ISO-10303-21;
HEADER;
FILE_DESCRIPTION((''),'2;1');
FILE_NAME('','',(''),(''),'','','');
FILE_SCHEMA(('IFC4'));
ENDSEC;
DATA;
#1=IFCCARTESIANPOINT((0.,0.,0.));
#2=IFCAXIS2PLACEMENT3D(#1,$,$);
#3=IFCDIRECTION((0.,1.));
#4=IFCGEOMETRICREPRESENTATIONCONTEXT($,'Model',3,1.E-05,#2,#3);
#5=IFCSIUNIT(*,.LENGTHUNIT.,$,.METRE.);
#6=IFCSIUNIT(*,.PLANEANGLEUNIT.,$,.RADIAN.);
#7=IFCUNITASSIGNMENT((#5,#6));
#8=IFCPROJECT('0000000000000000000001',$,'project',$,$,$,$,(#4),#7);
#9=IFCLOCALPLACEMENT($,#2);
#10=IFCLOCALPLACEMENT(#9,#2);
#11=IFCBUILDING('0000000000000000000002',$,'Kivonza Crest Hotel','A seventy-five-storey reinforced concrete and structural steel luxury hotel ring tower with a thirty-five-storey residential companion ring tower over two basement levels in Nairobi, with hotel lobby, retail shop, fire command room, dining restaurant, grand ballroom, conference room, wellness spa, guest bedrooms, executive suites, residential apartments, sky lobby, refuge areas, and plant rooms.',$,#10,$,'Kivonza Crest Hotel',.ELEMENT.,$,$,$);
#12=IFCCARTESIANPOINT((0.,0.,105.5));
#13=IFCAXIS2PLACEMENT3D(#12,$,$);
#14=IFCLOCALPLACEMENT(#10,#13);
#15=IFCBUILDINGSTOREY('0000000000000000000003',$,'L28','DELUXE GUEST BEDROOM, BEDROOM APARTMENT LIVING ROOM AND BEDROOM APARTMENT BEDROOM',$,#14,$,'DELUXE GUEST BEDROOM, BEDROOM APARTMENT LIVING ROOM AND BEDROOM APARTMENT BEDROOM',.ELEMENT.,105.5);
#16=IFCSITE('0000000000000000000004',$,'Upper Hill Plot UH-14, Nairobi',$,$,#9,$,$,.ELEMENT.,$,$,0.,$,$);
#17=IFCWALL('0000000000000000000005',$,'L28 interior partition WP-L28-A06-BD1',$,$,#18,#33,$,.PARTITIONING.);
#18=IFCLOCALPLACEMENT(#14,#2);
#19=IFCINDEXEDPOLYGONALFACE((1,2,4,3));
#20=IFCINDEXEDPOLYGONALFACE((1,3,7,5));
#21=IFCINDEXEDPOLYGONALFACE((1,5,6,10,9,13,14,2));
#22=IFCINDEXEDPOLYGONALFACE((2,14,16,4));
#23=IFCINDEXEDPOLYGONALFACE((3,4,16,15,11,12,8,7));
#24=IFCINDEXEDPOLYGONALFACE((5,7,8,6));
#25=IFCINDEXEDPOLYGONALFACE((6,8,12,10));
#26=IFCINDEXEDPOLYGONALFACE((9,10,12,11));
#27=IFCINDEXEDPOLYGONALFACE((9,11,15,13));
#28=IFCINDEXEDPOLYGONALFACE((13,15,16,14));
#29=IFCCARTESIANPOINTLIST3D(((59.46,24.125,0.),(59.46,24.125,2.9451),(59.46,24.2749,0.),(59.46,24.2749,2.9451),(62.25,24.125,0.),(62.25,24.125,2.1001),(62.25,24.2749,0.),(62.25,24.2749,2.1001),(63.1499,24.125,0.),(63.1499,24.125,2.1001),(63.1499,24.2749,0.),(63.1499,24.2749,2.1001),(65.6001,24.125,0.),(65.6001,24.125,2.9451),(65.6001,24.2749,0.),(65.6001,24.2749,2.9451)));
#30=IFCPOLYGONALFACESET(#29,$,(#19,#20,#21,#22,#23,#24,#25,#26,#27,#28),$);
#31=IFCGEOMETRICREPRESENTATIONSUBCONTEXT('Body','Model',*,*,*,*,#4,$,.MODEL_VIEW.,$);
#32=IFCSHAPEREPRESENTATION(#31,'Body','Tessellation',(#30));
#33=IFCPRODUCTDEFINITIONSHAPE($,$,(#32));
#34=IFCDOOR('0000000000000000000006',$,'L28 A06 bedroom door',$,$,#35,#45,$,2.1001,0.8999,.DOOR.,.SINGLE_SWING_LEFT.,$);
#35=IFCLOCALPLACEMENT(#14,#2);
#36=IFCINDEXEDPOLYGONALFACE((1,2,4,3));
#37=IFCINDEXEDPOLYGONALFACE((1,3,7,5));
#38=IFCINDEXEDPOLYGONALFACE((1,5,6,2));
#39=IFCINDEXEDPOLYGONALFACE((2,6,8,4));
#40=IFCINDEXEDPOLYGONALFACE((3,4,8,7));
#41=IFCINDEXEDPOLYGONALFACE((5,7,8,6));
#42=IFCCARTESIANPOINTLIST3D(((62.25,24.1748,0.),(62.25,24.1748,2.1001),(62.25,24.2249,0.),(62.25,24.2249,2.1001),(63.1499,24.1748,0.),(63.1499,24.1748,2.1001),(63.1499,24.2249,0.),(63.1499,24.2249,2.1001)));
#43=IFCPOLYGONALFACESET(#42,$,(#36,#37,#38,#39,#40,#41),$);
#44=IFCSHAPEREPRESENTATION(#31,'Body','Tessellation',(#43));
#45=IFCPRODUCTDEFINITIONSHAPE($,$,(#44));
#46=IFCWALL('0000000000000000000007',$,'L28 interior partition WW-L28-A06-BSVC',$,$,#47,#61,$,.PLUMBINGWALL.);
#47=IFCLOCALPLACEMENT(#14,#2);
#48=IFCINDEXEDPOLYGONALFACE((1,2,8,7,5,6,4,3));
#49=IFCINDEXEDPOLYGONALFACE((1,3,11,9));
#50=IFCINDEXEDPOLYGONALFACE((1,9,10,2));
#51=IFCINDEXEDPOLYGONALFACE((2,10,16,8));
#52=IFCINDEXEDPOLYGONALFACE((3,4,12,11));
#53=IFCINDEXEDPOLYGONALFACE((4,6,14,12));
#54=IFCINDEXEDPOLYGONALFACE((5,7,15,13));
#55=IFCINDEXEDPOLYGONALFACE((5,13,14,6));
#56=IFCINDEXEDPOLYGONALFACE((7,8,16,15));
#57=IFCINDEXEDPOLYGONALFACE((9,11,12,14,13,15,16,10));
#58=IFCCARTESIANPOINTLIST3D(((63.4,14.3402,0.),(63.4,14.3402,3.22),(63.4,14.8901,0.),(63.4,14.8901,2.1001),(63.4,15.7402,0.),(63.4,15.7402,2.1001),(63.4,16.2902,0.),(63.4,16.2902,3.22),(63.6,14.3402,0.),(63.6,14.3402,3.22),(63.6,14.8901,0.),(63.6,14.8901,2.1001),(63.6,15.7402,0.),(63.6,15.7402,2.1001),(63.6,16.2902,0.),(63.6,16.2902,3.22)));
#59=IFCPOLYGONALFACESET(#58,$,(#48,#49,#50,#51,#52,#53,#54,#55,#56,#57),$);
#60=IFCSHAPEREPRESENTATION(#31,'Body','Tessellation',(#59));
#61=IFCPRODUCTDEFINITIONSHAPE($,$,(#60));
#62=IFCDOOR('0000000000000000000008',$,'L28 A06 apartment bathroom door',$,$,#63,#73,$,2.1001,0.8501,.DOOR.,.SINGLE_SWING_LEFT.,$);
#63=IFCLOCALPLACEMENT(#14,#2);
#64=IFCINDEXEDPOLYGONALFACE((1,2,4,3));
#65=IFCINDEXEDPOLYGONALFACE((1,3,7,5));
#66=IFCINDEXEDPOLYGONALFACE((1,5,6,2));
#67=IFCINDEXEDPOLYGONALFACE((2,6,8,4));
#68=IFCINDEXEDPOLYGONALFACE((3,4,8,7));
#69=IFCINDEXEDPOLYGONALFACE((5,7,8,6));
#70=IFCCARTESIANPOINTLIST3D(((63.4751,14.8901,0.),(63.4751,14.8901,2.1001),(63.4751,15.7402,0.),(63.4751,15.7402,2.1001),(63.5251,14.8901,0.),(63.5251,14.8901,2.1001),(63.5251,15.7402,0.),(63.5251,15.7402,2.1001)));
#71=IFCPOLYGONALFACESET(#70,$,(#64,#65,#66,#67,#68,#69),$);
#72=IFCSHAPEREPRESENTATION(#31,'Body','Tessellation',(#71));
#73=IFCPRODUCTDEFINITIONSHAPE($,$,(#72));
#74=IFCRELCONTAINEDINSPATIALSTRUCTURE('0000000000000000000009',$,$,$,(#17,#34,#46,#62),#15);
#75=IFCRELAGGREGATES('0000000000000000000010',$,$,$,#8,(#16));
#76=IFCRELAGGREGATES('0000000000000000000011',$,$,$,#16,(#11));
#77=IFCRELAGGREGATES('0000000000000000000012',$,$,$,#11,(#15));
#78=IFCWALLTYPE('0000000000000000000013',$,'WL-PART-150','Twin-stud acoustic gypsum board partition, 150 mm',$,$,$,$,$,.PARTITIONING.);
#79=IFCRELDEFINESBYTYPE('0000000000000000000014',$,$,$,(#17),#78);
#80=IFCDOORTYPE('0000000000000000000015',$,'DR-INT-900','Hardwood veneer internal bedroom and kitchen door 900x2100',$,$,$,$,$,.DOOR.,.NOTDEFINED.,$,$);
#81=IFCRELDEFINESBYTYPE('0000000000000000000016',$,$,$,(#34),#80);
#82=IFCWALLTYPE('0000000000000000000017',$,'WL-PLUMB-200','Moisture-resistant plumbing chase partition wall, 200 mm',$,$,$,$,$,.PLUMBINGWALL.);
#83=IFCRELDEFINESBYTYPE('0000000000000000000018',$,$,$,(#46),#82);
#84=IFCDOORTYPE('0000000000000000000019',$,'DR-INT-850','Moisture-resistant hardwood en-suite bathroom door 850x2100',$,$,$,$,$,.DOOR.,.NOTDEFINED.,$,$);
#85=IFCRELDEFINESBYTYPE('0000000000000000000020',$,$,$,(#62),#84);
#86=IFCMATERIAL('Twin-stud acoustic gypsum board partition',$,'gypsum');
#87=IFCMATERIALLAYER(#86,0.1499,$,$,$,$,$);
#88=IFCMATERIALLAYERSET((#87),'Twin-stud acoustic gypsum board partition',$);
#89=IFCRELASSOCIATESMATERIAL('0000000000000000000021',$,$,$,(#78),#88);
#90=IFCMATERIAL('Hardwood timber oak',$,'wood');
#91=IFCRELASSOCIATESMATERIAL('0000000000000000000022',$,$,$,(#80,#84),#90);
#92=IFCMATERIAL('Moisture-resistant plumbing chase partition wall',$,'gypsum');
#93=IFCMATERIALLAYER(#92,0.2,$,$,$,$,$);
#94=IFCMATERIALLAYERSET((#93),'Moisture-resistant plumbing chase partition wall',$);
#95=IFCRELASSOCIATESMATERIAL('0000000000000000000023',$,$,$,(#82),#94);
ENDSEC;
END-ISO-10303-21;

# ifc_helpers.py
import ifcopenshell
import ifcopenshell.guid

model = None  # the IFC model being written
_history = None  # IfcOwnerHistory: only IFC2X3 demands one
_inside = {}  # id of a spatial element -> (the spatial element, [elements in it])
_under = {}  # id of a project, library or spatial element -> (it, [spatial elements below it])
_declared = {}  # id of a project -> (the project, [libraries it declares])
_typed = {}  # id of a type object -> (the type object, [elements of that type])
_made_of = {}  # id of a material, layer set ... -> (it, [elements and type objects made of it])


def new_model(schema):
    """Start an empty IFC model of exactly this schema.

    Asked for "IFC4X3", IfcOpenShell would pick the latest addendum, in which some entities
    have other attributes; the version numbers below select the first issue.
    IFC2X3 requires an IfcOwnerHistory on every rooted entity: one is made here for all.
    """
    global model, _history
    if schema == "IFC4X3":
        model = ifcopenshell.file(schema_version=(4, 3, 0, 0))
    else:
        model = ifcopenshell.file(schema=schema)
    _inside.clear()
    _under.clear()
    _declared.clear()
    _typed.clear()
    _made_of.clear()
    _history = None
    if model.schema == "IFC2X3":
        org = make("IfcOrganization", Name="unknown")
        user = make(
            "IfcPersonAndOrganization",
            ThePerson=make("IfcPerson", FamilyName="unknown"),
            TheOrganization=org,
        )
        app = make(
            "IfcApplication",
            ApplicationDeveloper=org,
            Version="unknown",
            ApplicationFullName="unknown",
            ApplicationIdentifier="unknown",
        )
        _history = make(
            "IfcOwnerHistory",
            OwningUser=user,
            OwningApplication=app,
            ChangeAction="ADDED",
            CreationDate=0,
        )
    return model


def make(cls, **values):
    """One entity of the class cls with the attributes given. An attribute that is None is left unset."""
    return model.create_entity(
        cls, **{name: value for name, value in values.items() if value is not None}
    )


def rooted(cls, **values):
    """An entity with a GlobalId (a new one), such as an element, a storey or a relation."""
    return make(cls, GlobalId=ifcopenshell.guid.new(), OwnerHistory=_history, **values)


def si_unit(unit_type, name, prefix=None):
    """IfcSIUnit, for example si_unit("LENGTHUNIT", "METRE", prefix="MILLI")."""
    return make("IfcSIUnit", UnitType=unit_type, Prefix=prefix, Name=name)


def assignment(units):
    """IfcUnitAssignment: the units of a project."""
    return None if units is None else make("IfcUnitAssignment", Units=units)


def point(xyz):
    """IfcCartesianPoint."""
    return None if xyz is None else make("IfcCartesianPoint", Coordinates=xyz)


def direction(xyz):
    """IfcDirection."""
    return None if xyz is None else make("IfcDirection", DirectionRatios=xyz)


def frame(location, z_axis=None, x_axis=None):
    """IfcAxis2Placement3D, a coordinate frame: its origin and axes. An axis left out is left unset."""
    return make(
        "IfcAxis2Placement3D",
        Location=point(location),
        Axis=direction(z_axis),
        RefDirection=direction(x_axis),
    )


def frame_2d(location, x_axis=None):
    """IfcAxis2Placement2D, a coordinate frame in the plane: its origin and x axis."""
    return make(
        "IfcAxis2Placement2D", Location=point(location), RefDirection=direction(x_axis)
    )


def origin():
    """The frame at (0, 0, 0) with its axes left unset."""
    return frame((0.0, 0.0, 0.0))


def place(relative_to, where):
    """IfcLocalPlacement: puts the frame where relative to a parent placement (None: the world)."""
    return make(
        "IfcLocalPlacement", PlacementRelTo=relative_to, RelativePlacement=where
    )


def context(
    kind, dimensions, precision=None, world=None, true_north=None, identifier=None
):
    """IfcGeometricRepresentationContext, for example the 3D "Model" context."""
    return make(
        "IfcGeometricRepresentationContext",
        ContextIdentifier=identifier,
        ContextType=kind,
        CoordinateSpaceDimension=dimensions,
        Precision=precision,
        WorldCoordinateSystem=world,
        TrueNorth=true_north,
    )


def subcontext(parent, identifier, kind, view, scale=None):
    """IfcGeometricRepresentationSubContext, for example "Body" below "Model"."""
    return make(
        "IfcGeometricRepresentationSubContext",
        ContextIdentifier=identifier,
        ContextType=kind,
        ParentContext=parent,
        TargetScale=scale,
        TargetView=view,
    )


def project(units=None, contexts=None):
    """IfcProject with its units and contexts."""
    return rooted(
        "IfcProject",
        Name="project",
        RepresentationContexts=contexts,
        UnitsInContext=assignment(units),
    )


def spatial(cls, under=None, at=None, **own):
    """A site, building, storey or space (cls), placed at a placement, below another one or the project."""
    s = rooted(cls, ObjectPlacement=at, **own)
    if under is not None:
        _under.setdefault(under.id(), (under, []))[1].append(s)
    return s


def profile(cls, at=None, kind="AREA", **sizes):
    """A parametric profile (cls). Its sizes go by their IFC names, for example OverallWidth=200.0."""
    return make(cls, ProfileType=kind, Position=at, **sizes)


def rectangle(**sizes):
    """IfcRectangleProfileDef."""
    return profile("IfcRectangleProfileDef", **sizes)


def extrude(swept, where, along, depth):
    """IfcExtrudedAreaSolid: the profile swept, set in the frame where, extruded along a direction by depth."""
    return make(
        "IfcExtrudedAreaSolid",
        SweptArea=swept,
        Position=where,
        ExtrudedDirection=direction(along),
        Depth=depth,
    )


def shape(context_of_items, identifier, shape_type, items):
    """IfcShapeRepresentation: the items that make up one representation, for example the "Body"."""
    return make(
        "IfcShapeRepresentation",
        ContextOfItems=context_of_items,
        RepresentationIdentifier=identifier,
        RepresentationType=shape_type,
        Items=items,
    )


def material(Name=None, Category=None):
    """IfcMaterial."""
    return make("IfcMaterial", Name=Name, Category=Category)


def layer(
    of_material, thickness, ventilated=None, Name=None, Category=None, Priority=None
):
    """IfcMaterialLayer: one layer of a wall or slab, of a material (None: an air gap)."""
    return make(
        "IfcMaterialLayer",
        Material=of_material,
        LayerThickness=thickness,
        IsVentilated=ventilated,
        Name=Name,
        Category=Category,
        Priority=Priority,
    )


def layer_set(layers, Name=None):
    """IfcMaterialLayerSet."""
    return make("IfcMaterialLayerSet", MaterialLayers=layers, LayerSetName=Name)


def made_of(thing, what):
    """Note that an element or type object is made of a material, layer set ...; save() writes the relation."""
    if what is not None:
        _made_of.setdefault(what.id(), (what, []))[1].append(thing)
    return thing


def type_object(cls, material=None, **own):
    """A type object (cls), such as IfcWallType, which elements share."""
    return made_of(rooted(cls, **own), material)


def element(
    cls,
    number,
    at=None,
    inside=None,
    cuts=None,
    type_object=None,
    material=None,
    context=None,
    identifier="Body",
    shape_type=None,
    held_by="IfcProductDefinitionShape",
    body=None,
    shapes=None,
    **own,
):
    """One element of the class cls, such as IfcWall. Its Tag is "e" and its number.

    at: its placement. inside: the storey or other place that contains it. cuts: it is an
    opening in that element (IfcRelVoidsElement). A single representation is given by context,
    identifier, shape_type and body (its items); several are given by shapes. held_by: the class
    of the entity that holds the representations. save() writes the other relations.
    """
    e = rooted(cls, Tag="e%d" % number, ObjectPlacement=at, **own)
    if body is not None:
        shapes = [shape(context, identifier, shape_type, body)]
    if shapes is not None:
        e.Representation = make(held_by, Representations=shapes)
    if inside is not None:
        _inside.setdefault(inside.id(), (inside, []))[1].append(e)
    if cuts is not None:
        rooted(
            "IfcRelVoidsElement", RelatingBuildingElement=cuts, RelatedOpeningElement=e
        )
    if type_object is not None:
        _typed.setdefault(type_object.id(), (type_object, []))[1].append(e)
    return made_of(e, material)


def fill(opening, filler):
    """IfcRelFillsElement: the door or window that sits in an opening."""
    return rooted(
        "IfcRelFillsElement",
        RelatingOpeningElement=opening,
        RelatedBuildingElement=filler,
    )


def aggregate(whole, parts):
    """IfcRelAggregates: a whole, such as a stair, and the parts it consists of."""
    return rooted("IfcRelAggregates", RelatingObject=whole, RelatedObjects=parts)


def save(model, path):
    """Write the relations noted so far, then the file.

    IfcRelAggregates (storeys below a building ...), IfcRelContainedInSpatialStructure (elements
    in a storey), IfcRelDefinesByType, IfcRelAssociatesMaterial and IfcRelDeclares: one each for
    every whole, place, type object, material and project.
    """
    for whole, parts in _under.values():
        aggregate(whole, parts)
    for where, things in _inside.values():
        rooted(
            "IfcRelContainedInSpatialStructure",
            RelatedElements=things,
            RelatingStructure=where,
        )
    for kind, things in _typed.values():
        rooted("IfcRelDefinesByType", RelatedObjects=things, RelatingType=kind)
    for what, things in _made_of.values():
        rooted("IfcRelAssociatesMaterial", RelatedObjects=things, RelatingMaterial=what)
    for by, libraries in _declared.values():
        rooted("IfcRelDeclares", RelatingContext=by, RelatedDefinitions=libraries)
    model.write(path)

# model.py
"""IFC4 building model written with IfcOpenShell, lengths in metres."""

from ifc_helpers import new_model, si_unit, direction, frame, frame_2d, origin, place, context, subcontext, project, spatial, rectangle, extrude, material, layer, layer_set, type_object, element, fill, save


model = new_model("IFC4")

# Units and contexts
model_context = context("Model", 3, precision=1e-05, world=origin(), true_north=direction((0.0, 1.0)))
body_context = subcontext(model_context, "Body", "Model", "MODEL_VIEW")
ifc_project = project(units=[si_unit("LENGTHUNIT", "METRE"), si_unit("PLANEANGLEUNIT", "RADIAN")], contexts=[model_context])

# Site, building, storey
site_placement = place(None, origin())
site = spatial("IfcSite", under=ifc_project, at=site_placement, Name="Upper Hill Plot UH-14, Nairobi", CompositionType="ELEMENT", RefElevation=0.0)
building_placement = place(site_placement, origin())
building = spatial("IfcBuilding", under=site, at=building_placement, Name="Kivonza Crest Hotel", Description="A seventy-five-storey reinforced concrete and structural steel luxury hotel ring tower with a thirty-five-storey residential companion ring tower over two basement levels in Nairobi, with hotel lobby, retail shop, fire command room, dining restaurant, grand ballroom, conference room, wellness spa, guest bedrooms, executive suites, residential apartments, sky lobby, refuge areas, and plant rooms.", LongName="Kivonza Crest Hotel", CompositionType="ELEMENT")
storey_placement = place(building_placement, frame((0.0, 0.0, 105.5)))
storey = spatial("IfcBuildingStorey", under=building, at=storey_placement, Name="L28", Description="DELUXE GUEST BEDROOM, BEDROOM APARTMENT LIVING ROOM AND BEDROOM APARTMENT BEDROOM", LongName="DELUXE GUEST BEDROOM, BEDROOM APARTMENT LIVING ROOM AND BEDROOM APARTMENT BEDROOM", CompositionType="ELEMENT", Elevation=105.5)

# Walls, openings, doors
ifc_material_1 = material(Name="Twin-stud acoustic gypsum board partition", Category="gypsum")
ifc_layer_1 = layer(ifc_material_1, 0.1499)
ifc_layer_set_1 = layer_set([ifc_layer_1], Name="Twin-stud acoustic gypsum board partition")
wall_type_1 = type_object("IfcWallType", Name="WL-PART-150", Description="Twin-stud acoustic gypsum board partition, 150 mm", PredefinedType="PARTITIONING", material=ifc_layer_set_1)
wall_1_placement = place(storey_placement, frame((59.46, 24.2, 0.0), z_axis=(0.0, 0.0, 1.0), x_axis=(1.0, 0.0, 0.0)))
wall_1 = element("IfcWall", 1, at=wall_1_placement, inside=storey, type_object=wall_type_1, Name="L28 interior partition WP-L28-A06-BD1", PredefinedType="PARTITIONING", context=body_context, shape_type="SweptSolid", body=[
    extrude(rectangle(XDim=6.1401, YDim=0.1499, at=frame_2d((3.0701, 0.0))), origin(), (0.0, 0.0, 1.0), 2.9451),
])
opening_1_placement = place(wall_1_placement, frame((2.79, 0.0, 0.0)))
opening_1 = element("IfcOpeningElement", 2, at=opening_1_placement, cuts=wall_1, PredefinedType="OPENING", context=body_context, shape_type="SweptSolid", body=[
    extrude(rectangle(XDim=0.8999, YDim=2.1001, at=frame_2d((0.45, 1.05))), frame((0.0, 0.085, 0.0), z_axis=(0.0, -1.0, 0.0), x_axis=(1.0, 0.0, 0.0)), (0.0, 0.0, 1.0), 0.1699),
])
ifc_material_2 = material(Name="Hardwood timber oak", Category="wood")
door_type_1 = type_object("IfcDoorType", Name="DR-INT-900", Description="Hardwood veneer internal bedroom and kitchen door 900x2100", OperationType="NOTDEFINED", PredefinedType="DOOR", material=ifc_material_2)
door_1_placement = place(opening_1_placement, origin())
door_1 = element("IfcDoor", 3, at=door_1_placement, inside=storey, type_object=door_type_1, Name="L28 A06 bedroom door", OperationType="SINGLE_SWING_LEFT", OverallHeight=2.1001, OverallWidth=0.8999, PredefinedType="DOOR", context=body_context, shape_type="SweptSolid", body=[
    extrude(rectangle(XDim=0.8999, YDim=2.1001, at=frame_2d((0.45, 1.05))), frame((0.0, 0.0249, 0.0), z_axis=(0.0, -1.0, 0.0), x_axis=(1.0, 0.0, 0.0)), (0.0, 0.0, 1.0), 0.05),
])
fill(opening_1, door_1)
ifc_material_3 = material(Name="Moisture-resistant plumbing chase partition wall", Category="gypsum")
ifc_layer_2 = layer(ifc_material_3, 0.2)
ifc_layer_set_2 = layer_set([ifc_layer_2], Name="Moisture-resistant plumbing chase partition wall")
wall_type_2 = type_object("IfcWallType", Name="WL-PLUMB-200", Description="Moisture-resistant plumbing chase partition wall, 200 mm", PredefinedType="PLUMBINGWALL", material=ifc_layer_set_2)
wall_2_placement = place(storey_placement, frame((63.5, 14.3401, 0.0), z_axis=(0.0, 0.0, 1.0), x_axis=(0.0, 1.0, 0.0)))
wall_2 = element("IfcWall", 4, at=wall_2_placement, inside=storey, type_object=wall_type_2, Name="L28 interior partition WW-L28-A06-BSVC", PredefinedType="PLUMBINGWALL", context=body_context, shape_type="SweptSolid", body=[
    extrude(rectangle(XDim=1.95, YDim=0.2, at=frame_2d((0.9751, 0.0))), origin(), (0.0, 0.0, 1.0), 3.22),
])
opening_2_placement = place(wall_2_placement, frame((0.55, 0.0, 0.0)))
opening_2 = element("IfcOpeningElement", 5, at=opening_2_placement, cuts=wall_2, PredefinedType="OPENING", context=body_context, shape_type="SweptSolid", body=[
    extrude(rectangle(XDim=0.8501, YDim=2.1001, at=frame_2d((0.425, 1.05))), frame((0.0, 0.1099, 0.0), z_axis=(0.0, -1.0, 0.0), x_axis=(1.0, 0.0, 0.0)), (0.0, 0.0, 1.0), 0.22),
])
door_type_2 = type_object("IfcDoorType", Name="DR-INT-850", Description="Moisture-resistant hardwood en-suite bathroom door 850x2100", OperationType="NOTDEFINED", PredefinedType="DOOR", material=ifc_material_2)
door_2_placement = place(opening_2_placement, origin())
door_2 = element("IfcDoor", 6, at=door_2_placement, inside=storey, type_object=door_type_2, Name="L28 A06 apartment bathroom door", OperationType="SINGLE_SWING_LEFT", OverallHeight=2.1001, OverallWidth=0.8501, PredefinedType="DOOR", context=body_context, shape_type="SweptSolid", body=[
    extrude(rectangle(XDim=0.8501, YDim=2.1001, at=frame_2d((0.425, 1.05))), frame((0.0, 0.0249, 0.0), z_axis=(0.0, -1.0, 0.0), x_axis=(1.0, 0.0, 0.0)), (0.0, 0.0, 1.0), 0.05),
])
fill(opening_2, door_2)

save(model, "model.ifc")
